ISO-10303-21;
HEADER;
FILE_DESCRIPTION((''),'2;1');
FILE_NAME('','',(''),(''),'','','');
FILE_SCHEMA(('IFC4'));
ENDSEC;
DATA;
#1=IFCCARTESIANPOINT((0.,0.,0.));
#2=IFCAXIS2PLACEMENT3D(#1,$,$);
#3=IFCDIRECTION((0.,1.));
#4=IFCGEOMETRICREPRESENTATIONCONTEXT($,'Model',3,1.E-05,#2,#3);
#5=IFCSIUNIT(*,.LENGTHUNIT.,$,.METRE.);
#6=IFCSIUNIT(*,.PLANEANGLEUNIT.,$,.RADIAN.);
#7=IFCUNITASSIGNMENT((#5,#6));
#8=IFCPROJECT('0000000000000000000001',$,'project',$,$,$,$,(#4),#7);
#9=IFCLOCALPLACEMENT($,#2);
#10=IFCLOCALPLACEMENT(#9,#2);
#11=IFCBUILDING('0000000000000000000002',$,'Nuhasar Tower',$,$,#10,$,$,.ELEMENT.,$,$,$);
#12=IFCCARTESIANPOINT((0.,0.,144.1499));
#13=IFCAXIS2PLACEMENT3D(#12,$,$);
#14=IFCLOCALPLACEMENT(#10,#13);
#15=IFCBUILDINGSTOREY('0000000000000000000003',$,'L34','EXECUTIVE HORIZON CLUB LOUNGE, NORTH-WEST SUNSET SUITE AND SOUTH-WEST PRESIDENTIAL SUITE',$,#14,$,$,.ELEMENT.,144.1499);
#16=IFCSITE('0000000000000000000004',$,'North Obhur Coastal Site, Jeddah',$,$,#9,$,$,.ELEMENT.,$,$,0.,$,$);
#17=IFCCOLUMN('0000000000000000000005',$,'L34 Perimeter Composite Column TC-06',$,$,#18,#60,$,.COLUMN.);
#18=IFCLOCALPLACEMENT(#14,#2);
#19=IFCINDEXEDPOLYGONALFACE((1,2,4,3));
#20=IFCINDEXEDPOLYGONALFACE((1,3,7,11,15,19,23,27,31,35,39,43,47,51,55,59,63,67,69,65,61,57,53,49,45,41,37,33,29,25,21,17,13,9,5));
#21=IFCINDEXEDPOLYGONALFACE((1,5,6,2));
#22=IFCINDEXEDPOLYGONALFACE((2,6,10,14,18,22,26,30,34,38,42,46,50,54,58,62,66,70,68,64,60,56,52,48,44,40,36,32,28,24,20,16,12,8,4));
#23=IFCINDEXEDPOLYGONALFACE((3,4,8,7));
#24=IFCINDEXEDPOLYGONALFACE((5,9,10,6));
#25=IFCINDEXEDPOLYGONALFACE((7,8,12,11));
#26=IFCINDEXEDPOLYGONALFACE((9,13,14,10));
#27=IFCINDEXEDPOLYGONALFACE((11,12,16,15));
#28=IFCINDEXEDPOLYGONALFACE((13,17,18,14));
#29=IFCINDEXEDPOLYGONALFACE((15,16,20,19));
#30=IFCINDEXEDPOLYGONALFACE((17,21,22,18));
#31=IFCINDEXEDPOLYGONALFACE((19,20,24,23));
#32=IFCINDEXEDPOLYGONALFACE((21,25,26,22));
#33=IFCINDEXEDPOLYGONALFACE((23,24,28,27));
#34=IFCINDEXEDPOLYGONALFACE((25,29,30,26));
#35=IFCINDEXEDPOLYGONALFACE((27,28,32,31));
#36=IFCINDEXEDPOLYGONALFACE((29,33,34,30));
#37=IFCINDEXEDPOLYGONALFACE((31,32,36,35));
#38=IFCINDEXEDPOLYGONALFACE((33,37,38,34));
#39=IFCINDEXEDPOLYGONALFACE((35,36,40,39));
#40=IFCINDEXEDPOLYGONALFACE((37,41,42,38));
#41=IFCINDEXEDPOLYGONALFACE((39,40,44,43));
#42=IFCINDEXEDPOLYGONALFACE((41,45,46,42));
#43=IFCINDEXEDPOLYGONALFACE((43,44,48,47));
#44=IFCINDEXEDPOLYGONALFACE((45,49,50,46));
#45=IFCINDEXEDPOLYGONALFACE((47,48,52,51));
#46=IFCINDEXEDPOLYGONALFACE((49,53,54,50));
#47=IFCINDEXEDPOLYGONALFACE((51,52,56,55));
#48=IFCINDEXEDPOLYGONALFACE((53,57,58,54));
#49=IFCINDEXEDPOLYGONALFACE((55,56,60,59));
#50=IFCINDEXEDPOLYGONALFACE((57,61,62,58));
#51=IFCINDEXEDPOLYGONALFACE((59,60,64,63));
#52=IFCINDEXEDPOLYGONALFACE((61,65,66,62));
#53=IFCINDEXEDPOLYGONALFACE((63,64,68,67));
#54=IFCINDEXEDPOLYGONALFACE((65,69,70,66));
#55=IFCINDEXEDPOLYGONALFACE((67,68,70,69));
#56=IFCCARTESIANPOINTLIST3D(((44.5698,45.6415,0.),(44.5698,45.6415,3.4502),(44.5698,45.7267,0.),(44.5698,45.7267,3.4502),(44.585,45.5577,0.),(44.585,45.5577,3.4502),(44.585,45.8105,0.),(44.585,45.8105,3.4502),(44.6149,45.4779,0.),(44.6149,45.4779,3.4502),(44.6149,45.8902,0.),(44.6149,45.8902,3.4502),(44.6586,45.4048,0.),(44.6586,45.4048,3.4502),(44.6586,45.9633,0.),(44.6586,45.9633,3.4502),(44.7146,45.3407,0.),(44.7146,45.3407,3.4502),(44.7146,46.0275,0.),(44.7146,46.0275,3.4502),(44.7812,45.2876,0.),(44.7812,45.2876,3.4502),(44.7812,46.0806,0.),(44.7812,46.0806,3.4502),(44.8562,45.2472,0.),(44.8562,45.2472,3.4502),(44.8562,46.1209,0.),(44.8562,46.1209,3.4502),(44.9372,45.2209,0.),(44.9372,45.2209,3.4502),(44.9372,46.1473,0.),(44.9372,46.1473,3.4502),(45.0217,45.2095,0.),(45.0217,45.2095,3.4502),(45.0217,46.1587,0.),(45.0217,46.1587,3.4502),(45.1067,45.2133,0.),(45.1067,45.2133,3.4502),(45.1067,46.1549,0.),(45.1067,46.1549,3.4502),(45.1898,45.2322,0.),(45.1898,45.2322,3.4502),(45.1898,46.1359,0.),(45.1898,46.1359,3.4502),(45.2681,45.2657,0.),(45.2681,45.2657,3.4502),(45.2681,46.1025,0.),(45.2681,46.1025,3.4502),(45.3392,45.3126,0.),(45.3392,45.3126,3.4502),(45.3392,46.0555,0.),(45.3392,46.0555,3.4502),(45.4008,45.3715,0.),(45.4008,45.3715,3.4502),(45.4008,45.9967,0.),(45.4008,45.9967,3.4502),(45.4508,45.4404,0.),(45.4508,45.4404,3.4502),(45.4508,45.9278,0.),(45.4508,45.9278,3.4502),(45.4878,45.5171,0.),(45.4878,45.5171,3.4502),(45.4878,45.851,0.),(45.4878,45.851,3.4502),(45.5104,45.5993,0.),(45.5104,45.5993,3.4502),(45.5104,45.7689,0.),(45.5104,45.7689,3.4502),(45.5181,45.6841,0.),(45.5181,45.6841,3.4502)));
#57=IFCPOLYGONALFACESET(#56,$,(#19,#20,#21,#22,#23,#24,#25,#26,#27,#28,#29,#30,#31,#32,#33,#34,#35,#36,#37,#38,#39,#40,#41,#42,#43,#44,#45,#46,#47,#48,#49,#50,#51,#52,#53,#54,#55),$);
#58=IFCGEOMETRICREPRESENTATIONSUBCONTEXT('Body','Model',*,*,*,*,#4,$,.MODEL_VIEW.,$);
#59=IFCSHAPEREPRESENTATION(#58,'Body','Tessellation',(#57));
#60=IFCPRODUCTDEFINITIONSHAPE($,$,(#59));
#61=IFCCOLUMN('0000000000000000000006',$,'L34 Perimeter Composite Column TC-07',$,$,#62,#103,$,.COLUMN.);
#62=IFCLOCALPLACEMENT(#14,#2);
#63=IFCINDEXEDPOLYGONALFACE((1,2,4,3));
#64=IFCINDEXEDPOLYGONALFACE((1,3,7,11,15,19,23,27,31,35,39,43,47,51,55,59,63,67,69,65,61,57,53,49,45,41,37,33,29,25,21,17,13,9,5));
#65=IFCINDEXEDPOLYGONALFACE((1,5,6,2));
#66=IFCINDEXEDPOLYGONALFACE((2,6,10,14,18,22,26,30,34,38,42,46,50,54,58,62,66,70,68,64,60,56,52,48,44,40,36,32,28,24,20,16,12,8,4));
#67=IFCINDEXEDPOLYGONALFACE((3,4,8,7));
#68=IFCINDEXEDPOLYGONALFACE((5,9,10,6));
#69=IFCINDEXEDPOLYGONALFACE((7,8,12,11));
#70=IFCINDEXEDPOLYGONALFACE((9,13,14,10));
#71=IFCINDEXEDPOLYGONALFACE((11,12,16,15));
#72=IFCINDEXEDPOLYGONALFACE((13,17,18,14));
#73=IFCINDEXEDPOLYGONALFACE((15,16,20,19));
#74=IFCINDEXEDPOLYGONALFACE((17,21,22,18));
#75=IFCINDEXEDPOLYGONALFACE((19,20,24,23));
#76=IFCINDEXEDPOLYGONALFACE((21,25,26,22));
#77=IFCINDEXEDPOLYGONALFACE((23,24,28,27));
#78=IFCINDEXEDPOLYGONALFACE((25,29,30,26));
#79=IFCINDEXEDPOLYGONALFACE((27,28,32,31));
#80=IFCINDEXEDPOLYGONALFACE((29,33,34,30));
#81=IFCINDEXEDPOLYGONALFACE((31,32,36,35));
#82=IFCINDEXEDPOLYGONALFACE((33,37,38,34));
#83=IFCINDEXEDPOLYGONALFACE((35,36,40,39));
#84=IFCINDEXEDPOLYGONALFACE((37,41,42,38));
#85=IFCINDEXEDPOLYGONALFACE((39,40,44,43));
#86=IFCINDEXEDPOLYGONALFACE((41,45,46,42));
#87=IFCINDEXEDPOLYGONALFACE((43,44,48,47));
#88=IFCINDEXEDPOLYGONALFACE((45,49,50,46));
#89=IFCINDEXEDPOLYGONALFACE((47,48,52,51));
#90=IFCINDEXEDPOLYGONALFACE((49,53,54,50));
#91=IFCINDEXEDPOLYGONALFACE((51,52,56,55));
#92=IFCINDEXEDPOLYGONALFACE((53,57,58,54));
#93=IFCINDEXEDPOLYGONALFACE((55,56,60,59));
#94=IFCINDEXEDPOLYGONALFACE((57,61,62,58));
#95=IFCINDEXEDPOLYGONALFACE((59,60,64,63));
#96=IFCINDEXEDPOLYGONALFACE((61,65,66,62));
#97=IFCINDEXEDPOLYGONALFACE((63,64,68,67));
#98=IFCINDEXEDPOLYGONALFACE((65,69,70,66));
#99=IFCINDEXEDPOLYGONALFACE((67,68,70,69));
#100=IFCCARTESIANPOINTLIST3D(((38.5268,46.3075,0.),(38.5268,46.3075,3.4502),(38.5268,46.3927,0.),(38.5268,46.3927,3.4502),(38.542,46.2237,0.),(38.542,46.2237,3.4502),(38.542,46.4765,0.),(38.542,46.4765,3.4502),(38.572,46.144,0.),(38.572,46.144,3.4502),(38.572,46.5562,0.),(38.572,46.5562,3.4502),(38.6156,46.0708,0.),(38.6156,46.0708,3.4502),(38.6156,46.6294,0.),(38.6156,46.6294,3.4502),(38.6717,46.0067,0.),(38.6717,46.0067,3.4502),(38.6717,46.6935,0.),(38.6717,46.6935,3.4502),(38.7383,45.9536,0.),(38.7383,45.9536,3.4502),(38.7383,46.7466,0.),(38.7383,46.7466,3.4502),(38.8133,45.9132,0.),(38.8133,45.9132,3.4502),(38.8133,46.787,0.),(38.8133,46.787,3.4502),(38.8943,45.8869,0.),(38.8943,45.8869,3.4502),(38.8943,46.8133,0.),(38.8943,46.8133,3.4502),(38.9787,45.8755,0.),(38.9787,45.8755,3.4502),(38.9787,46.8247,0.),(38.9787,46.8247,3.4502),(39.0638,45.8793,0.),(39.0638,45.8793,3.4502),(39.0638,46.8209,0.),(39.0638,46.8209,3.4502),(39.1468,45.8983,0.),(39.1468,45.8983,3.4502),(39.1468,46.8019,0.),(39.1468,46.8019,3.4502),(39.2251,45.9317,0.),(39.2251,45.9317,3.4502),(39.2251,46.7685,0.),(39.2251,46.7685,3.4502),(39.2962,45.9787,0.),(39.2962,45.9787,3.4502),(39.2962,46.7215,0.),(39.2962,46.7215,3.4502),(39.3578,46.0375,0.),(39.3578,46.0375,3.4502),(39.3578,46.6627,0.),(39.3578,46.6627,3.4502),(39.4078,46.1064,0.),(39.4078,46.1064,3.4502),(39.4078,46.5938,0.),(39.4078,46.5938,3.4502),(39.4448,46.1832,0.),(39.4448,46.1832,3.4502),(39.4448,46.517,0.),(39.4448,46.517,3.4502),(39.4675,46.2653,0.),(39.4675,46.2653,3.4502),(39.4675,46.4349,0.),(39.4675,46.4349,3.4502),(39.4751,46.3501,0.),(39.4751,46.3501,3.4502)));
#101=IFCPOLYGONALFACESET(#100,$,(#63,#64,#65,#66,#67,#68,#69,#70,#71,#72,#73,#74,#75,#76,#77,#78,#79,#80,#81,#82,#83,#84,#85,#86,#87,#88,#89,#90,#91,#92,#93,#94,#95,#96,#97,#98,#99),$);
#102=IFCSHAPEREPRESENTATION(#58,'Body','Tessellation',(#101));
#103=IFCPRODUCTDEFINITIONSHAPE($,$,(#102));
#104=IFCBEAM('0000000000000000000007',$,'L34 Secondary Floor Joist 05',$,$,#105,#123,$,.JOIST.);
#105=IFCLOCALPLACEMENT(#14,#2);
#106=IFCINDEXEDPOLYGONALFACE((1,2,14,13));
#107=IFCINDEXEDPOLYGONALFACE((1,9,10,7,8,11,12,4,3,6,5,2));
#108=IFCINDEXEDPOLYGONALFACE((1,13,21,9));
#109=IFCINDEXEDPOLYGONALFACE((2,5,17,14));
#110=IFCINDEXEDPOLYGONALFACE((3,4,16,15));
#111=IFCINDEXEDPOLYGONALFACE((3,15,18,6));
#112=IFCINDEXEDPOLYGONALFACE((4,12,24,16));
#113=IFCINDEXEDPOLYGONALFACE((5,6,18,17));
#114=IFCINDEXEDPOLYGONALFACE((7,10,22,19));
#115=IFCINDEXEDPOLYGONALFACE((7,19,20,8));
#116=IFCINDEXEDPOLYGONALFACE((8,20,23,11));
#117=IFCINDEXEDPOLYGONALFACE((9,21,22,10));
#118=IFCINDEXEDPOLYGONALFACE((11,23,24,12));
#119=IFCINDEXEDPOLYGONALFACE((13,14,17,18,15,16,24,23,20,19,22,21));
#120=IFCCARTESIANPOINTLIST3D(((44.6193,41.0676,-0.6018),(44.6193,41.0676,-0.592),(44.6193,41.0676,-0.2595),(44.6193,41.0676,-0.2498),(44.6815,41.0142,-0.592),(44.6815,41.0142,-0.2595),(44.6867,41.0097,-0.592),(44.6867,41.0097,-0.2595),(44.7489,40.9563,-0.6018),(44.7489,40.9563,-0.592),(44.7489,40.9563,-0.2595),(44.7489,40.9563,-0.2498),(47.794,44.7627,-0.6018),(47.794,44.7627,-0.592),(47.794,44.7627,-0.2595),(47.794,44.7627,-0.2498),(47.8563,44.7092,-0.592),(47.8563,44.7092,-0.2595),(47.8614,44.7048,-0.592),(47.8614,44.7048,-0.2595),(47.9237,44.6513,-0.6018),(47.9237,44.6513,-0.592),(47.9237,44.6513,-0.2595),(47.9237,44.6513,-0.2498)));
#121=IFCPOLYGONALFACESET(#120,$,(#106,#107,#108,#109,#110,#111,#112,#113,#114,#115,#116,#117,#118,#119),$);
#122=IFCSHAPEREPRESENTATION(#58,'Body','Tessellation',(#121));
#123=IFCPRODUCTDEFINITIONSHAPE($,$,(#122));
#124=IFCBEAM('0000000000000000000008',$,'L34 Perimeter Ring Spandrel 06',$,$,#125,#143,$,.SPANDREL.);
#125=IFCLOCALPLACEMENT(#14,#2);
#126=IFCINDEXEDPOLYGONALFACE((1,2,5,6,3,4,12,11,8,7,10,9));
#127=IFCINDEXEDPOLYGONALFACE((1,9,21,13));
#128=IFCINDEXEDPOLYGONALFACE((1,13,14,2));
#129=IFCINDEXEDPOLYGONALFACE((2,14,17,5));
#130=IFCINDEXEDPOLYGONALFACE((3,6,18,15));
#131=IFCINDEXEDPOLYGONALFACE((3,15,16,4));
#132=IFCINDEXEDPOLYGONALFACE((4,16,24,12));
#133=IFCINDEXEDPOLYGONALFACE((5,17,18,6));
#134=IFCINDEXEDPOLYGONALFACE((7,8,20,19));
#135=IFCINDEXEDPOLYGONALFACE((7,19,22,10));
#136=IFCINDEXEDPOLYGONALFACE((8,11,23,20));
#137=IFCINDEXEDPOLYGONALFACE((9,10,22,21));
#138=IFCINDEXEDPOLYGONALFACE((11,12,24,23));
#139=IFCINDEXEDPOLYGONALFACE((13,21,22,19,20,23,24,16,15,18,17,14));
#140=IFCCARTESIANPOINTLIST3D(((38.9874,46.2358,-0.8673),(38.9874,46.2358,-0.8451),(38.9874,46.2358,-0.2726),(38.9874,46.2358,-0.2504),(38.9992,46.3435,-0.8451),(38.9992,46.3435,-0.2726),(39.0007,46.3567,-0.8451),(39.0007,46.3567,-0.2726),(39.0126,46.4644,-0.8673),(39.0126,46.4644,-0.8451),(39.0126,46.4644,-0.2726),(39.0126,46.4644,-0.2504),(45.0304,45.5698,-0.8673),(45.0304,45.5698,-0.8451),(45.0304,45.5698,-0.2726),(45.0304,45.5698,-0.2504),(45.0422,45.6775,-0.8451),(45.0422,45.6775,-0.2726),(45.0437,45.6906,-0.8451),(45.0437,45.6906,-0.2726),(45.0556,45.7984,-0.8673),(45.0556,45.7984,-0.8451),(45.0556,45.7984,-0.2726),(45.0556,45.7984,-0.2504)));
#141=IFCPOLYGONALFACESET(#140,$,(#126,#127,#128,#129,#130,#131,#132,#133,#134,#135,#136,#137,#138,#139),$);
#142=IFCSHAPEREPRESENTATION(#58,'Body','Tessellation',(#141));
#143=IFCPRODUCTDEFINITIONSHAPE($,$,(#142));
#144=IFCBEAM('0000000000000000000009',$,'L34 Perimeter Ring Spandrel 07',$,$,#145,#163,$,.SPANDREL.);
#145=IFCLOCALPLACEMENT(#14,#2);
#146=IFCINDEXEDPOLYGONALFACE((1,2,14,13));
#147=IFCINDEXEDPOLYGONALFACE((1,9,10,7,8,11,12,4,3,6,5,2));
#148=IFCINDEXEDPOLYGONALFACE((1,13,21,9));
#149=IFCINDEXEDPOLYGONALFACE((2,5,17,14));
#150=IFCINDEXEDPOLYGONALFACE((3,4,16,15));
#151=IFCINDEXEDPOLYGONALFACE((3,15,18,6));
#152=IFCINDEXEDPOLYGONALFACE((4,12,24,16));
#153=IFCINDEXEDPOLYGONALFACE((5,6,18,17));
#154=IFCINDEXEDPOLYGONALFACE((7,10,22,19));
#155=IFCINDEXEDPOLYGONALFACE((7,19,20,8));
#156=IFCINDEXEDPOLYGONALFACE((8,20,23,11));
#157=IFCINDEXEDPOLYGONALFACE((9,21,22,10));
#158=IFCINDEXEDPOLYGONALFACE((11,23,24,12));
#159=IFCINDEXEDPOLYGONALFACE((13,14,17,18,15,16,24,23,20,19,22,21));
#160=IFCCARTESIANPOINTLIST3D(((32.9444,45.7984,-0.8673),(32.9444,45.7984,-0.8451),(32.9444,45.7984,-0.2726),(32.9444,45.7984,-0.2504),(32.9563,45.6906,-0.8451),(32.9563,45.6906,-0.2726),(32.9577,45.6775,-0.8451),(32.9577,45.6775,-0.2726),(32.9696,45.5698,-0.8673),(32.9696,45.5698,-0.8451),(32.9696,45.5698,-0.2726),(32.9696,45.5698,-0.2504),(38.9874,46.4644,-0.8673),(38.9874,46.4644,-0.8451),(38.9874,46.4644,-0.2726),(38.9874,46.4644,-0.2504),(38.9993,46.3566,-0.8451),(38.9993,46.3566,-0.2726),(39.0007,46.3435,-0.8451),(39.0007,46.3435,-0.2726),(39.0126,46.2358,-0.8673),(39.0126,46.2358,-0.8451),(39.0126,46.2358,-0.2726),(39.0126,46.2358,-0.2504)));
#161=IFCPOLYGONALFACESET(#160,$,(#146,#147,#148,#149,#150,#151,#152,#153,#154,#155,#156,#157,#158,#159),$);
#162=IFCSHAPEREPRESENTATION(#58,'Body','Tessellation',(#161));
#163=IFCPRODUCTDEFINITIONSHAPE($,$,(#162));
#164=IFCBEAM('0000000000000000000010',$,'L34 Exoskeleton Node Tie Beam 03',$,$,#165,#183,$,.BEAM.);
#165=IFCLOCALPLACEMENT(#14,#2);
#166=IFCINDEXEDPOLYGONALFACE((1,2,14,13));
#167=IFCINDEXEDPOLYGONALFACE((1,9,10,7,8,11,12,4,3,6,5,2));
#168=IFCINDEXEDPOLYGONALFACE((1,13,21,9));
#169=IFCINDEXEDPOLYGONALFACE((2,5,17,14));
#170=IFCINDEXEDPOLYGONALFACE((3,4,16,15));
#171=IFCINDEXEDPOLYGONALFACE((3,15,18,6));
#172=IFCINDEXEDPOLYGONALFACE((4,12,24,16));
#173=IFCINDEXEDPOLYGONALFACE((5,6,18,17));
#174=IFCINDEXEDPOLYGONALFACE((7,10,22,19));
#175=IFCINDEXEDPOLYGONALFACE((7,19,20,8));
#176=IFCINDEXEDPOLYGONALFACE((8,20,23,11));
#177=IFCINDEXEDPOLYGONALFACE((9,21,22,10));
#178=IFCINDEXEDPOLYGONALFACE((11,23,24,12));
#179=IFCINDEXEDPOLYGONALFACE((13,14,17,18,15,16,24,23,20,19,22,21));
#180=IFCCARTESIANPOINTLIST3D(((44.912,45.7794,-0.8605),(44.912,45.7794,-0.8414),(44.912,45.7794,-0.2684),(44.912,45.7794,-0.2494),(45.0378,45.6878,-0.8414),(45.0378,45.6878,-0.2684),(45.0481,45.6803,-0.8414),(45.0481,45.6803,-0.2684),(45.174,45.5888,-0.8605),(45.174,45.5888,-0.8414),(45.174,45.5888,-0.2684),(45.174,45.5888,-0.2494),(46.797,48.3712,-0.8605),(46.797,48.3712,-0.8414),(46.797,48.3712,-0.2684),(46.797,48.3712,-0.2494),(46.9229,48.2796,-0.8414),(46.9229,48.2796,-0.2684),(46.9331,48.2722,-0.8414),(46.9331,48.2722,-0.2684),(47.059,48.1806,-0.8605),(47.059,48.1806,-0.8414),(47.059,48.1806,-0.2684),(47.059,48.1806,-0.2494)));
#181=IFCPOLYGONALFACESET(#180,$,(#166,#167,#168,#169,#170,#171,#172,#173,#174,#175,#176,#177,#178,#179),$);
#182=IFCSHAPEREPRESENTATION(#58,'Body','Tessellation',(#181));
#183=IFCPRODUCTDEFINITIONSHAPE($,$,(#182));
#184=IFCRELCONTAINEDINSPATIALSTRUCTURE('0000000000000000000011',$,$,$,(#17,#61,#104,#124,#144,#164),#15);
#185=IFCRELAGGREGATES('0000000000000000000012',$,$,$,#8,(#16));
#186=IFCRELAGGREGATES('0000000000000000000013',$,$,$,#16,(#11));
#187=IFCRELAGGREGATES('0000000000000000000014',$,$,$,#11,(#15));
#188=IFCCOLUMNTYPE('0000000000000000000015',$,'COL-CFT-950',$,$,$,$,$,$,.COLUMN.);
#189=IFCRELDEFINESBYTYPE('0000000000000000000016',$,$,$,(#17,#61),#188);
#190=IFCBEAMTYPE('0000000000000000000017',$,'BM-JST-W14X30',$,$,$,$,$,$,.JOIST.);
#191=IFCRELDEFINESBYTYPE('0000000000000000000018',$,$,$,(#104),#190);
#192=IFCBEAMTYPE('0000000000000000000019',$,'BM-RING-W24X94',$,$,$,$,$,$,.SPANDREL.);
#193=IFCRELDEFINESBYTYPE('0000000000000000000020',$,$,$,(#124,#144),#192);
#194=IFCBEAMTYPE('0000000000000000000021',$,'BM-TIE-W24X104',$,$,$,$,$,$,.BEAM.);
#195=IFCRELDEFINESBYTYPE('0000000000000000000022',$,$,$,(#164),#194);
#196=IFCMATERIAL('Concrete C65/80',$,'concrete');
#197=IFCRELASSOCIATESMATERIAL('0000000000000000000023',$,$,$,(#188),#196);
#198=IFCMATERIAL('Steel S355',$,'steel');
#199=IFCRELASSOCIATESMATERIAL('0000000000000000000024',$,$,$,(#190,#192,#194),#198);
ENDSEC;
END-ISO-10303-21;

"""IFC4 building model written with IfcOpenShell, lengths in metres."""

from ifc_helpers import new_model, si_unit, direction, frame, origin, origin_2d, place, context, subcontext, project, spatial, circle, i_section, extrude, material, material_profile, profile_set, type_object, element, save


model = new_model("IFC4")

# Units and contexts
model_context = context("Model", 3, precision=1e-05, world=origin(), true_north=direction((0.0, 1.0)))
body_context = subcontext(model_context, "Body", "Model", "MODEL_VIEW")
ifc_project = project(units=[si_unit("LENGTHUNIT", "METRE"), si_unit("PLANEANGLEUNIT", "RADIAN")], contexts=[model_context])

# Site, building, storey
site_placement = place(None, origin())
site = spatial("IfcSite", under=ifc_project, at=site_placement, Name="North Obhur Coastal Site, Jeddah", CompositionType="ELEMENT", RefElevation=0.0)
building_placement = place(site_placement, origin())
building = spatial("IfcBuilding", under=site, at=building_placement, Name="Nuhasar Tower", CompositionType="ELEMENT")
storey_placement = place(building_placement, frame((0.0, 0.0, 144.1499)))
storey = spatial("IfcBuildingStorey", under=building, at=storey_placement, Name="L34", Description="EXECUTIVE HORIZON CLUB LOUNGE, NORTH-WEST SUNSET SUITE AND SOUTH-WEST PRESIDENTIAL SUITE", CompositionType="ELEMENT", Elevation=144.1499)

# Columns
ifc_material_1 = material(Name="Concrete C65/80", Category="concrete")
ifc_material_profile_1 = material_profile(ifc_material_1, circle(Radius=0.4751, at=origin_2d()), Name="CFT950")
ifc_profile_set_1 = profile_set([ifc_material_profile_1], Name="Concrete C65/80")
column_type = type_object("IfcColumnType", Name="COL-CFT-950", PredefinedType="COLUMN", material=ifc_profile_set_1)
for number, where, z_axis, x_axis, name in (
    (1, (45.043, 45.6841, 0.0), (0.0, 0.0, 1.0), (1.0, 0.0, 0.0), "L34 Perimeter Composite Column TC-06"),
    (2, (39.0, 46.3501, 0.0), (0.0, 0.0, 1.0), (1.0, 0.0, 0.0), "L34 Perimeter Composite Column TC-07"),
):
    element("IfcColumn", number, at=place(storey_placement, frame(where, z_axis=z_axis, x_axis=x_axis)), inside=storey, type_object=column_type, Name=name, PredefinedType="COLUMN", context=body_context, shape_type="SweptSolid", body=[
        extrude(circle(Radius=0.4751, at=origin_2d()), origin(), (0.0, 0.0, 1.0), 3.4502),
    ])

# Beams
ifc_material_2 = material(Name="Steel S355", Category="steel")
ifc_material_profile_2 = material_profile(ifc_material_2, i_section(OverallWidth=0.1709, OverallDepth=0.3521, WebThickness=0.0068, FlangeThickness=0.0098, at=origin_2d()), Name="W14X30")
ifc_profile_set_2 = profile_set([ifc_material_profile_2], Name="Steel S355")
beam_type_1 = type_object("IfcBeamType", Name="BM-JST-W14X30", PredefinedType="JOIST", material=ifc_profile_set_2)
beam_1_placement = place(storey_placement, frame((44.6841, 41.012, -0.4258), z_axis=(0.651691, 0.758485, 0.0), x_axis=(-0.758485, 0.651691, 0.0)))
element("IfcBeam", 3, at=beam_1_placement, inside=storey, type_object=beam_type_1, Name="L34 Secondary Floor Joist 05", PredefinedType="JOIST", context=body_context, shape_type="SweptSolid", body=[
    extrude(i_section(OverallWidth=0.1709, OverallDepth=0.3521, WebThickness=0.0068, FlangeThickness=0.0098, at=origin_2d()), origin(), (0.0, 0.0, 1.0), 4.8716),
])
ifc_material_profile_3 = material_profile(ifc_material_2, i_section(OverallWidth=0.23, OverallDepth=0.6169, WebThickness=0.0132, FlangeThickness=0.0222, at=origin_2d()), Name="W24X94")
ifc_profile_set_3 = profile_set([ifc_material_profile_3], Name="Steel S355")
beam_type_2 = type_object("IfcBeamType", Name="BM-RING-W24X94", PredefinedType="SPANDREL", material=ifc_profile_set_3)
for number, where, z_axis, x_axis, name in (
    (4, (45.043, 45.6841, -0.5588), (-0.993981, 0.10955, 0.0), (-0.10955, -0.993981, 0.0), "L34 Perimeter Ring Spandrel 06"),
    (5, (39.0, 46.3501, -0.5588), (-0.993981, -0.10955, 0.0), (0.10955, -0.993981, 0.0), "L34 Perimeter Ring Spandrel 07"),
):
    element("IfcBeam", number, at=place(storey_placement, frame(where, z_axis=z_axis, x_axis=x_axis)), inside=storey, type_object=beam_type_2, Name=name, PredefinedType="SPANDREL", context=body_context, shape_type="SweptSolid", body=[
        extrude(i_section(OverallWidth=0.23, OverallDepth=0.6169, WebThickness=0.0132, FlangeThickness=0.0222, at=origin_2d()), origin(), (0.0, 0.0, 1.0), 6.0796),
    ])
ifc_material_profile_4 = material_profile(ifc_material_2, i_section(OverallWidth=0.324, OverallDepth=0.6111, WebThickness=0.0127, FlangeThickness=0.019, at=origin_2d()), Name="W24X104")
ifc_profile_set_4 = profile_set([ifc_material_profile_4], Name="Steel S355")
beam_type_3 = type_object("IfcBeamType", Name="BM-TIE-W24X104", PredefinedType="BEAM", material=ifc_profile_set_4)
beam_2_placement = place(storey_placement, frame((45.043, 45.6841, -0.5549), z_axis=(0.588185, 0.808726, 0.0), x_axis=(-0.808726, 0.588185, 0.0)))
element("IfcBeam", 6, at=beam_2_placement, inside=storey, type_object=beam_type_3, Name="L34 Exoskeleton Node Tie Beam 03", PredefinedType="BEAM", context=body_context, shape_type="SweptSolid", body=[
    extrude(i_section(OverallWidth=0.324, OverallDepth=0.6111, WebThickness=0.0127, FlangeThickness=0.019, at=origin_2d()), origin(), (0.0, 0.0, 1.0), 3.2048),
])

save(model, "model.ifc")
